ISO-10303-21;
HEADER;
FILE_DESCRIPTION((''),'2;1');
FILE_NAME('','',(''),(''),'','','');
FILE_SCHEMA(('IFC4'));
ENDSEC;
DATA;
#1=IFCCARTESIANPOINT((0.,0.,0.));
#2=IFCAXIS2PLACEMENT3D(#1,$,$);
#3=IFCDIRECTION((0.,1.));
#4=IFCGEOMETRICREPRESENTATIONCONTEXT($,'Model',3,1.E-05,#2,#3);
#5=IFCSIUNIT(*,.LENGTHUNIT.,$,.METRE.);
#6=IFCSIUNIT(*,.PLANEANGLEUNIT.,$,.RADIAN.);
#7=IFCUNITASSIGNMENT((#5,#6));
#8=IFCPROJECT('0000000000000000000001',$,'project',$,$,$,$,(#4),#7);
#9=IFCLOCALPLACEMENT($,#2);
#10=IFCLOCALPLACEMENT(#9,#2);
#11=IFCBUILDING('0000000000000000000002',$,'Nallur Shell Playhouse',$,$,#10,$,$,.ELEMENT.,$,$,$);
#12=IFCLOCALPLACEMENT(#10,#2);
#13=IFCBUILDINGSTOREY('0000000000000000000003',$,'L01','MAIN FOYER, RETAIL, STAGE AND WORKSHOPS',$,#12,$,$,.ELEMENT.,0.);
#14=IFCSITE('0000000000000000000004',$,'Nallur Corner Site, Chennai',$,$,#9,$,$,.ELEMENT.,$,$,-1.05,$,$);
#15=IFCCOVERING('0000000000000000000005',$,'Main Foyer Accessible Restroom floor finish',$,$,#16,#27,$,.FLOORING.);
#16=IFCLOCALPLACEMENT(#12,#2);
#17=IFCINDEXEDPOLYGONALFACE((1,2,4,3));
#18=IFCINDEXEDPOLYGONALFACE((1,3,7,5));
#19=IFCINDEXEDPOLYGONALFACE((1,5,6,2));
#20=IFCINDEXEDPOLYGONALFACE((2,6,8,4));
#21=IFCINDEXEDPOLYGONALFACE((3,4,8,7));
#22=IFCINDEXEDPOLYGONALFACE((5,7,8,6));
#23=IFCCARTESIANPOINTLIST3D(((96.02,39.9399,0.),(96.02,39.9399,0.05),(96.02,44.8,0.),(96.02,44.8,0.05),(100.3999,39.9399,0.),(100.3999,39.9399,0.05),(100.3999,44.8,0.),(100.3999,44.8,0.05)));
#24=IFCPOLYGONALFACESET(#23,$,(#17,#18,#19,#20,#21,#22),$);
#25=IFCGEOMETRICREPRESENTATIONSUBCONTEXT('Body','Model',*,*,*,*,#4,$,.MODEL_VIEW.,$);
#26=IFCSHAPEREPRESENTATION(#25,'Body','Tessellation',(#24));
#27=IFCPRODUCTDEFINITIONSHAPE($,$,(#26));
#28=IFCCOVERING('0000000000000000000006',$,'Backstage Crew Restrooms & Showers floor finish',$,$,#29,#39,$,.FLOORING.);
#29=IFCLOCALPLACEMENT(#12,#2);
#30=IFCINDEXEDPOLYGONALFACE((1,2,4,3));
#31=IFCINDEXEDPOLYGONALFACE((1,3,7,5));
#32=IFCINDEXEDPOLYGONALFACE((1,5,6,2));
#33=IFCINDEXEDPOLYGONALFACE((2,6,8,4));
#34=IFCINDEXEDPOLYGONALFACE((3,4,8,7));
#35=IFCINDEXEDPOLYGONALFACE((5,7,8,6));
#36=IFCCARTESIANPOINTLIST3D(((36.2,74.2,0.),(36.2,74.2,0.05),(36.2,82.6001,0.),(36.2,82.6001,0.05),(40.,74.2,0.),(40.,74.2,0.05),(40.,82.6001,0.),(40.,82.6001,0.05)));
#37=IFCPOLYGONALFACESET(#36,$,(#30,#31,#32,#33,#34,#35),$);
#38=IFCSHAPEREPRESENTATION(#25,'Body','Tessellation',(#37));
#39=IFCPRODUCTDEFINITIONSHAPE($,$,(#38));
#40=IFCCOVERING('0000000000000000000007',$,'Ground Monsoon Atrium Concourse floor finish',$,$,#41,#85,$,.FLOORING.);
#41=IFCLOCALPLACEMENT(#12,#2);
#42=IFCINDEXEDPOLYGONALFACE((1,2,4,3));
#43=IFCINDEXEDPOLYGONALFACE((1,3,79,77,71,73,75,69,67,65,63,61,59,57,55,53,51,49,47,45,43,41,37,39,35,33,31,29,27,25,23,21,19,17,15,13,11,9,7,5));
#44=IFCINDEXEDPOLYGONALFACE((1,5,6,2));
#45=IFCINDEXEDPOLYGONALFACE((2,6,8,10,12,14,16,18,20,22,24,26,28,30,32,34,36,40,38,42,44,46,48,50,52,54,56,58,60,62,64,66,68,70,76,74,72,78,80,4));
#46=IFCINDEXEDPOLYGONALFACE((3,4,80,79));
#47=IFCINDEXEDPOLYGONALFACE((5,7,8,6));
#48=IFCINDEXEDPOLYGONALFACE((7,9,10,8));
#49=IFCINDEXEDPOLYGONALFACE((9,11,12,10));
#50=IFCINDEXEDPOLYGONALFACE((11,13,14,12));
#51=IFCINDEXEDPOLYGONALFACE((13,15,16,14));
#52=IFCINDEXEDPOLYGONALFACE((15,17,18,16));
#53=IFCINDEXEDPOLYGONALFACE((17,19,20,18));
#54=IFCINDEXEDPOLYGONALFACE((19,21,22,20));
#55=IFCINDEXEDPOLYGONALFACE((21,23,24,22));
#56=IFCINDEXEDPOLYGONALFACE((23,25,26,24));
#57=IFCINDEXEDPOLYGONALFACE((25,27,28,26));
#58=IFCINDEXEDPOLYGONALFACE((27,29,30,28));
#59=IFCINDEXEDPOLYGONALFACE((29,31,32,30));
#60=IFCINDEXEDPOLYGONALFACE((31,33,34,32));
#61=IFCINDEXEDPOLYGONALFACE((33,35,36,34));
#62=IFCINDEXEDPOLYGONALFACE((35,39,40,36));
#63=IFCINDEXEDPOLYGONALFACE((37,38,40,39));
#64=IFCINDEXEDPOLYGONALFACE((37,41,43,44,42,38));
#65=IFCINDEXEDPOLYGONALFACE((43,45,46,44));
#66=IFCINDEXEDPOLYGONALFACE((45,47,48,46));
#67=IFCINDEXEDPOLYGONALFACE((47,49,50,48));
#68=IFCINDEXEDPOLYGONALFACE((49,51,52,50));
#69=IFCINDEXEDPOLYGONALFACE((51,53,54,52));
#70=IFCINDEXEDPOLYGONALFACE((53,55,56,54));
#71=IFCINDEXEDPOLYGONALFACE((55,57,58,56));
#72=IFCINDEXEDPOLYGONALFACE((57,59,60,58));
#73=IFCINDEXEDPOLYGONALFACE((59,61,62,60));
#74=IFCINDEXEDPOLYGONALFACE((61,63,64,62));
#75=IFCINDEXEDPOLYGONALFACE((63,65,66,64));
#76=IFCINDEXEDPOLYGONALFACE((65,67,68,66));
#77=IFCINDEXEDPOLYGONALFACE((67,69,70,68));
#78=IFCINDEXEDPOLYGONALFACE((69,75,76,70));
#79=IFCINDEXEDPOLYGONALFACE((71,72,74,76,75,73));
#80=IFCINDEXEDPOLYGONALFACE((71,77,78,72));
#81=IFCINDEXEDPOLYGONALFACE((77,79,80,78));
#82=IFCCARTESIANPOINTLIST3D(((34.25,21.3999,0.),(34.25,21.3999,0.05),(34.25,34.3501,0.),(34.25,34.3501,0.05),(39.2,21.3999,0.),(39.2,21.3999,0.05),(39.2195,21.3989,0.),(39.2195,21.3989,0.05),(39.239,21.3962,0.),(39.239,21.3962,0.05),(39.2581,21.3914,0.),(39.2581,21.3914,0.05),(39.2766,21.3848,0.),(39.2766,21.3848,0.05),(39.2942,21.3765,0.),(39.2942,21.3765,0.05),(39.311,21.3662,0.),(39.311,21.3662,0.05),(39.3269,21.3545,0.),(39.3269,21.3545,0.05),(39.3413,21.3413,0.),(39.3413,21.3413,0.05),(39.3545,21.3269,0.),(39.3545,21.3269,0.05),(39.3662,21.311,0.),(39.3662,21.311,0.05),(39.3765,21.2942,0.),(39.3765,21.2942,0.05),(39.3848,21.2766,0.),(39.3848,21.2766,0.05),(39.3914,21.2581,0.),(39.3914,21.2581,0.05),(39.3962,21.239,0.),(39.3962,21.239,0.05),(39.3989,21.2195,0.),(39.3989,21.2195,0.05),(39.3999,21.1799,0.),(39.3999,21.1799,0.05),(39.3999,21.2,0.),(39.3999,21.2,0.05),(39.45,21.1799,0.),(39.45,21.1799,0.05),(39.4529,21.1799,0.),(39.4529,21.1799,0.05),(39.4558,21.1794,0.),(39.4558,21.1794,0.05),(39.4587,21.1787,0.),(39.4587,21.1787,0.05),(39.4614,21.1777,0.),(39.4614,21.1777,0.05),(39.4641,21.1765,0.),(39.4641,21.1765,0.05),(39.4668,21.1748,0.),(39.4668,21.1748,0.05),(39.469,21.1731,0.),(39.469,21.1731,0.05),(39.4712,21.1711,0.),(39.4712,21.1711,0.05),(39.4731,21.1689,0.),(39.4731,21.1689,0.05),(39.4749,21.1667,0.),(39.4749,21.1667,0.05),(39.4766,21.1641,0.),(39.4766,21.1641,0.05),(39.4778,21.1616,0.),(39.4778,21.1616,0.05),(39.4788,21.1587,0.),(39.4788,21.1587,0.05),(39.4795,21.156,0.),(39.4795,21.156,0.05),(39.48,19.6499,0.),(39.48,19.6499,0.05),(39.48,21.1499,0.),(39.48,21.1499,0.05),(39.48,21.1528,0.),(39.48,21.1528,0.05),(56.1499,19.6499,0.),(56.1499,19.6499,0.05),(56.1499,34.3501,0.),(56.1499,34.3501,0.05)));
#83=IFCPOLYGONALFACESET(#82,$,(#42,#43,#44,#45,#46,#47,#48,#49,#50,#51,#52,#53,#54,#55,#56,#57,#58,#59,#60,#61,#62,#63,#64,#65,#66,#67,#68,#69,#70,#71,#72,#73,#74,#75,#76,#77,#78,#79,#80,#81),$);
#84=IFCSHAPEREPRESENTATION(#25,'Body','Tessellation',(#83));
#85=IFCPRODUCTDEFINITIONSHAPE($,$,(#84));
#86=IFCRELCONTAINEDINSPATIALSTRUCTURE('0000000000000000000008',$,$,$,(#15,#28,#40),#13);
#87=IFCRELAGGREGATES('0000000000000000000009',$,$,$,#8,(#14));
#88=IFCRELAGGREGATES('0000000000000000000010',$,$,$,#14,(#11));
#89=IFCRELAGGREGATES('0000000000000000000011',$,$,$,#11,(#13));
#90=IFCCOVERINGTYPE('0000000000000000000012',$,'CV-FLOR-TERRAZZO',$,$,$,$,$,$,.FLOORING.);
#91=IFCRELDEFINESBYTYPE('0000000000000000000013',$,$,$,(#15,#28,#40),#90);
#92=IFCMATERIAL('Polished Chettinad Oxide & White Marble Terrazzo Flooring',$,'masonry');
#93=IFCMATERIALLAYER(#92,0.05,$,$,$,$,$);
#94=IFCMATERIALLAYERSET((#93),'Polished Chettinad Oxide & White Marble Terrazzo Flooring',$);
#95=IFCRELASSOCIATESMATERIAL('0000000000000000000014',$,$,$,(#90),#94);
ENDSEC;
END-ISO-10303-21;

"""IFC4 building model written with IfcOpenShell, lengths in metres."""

from ifc_helpers import new_model, si_unit, direction, origin, place, context, subcontext, project, spatial, polyline, outline, extrude, material, layer, layer_set, type_object, element, save


model = new_model("IFC4")

# Units and contexts
model_context = context("Model", 3, precision=1e-05, world=origin(), true_north=direction((0.0, 1.0)))
body_context = subcontext(model_context, "Body", "Model", "MODEL_VIEW")
ifc_project = project(units=[si_unit("LENGTHUNIT", "METRE"), si_unit("PLANEANGLEUNIT", "RADIAN")], contexts=[model_context])

# Site, building, storey
site_placement = place(None, origin())
site = spatial("IfcSite", under=ifc_project, at=site_placement, Name="Nallur Corner Site, Chennai", CompositionType="ELEMENT", RefElevation=-1.05)
building_placement = place(site_placement, origin())
building = spatial("IfcBuilding", under=site, at=building_placement, Name="Nallur Shell Playhouse", CompositionType="ELEMENT")
storey_placement = place(building_placement, origin())
storey = spatial("IfcBuildingStorey", under=building, at=storey_placement, Name="L01", Description="MAIN FOYER, RETAIL, STAGE AND WORKSHOPS", CompositionType="ELEMENT", Elevation=0.0)

# Coverings
ifc_material_1 = material(Name="Polished Chettinad Oxide & White Marble Terrazzo Flooring", Category="masonry")
ifc_layer_1 = layer(ifc_material_1, 0.05)
ifc_layer_set_1 = layer_set([ifc_layer_1], Name="Polished Chettinad Oxide & White Marble Terrazzo Flooring")
covering_type_1 = type_object("IfcCoveringType", Name="CV-FLOR-TERRAZZO", PredefinedType="FLOORING", material=ifc_layer_set_1)
covering_1_placement = place(storey_placement, origin())
element("IfcCovering", 1, at=covering_1_placement, inside=storey, type_object=covering_type_1, Name="Main Foyer Accessible Restroom floor finish", PredefinedType="FLOORING", context=body_context, shape_type="SweptSolid", body=[
    extrude(outline(polyline([(100.3999, 39.9399), (96.02, 39.9399), (96.02, 44.8), (100.3999, 44.8), (100.3999, 39.9399)])), origin(), (0.0, 0.0, 1.0), 0.05),
])
covering_2_placement = place(storey_placement, origin())
element("IfcCovering", 2, at=covering_2_placement, inside=storey, type_object=covering_type_1, Name="Backstage Crew Restrooms & Showers floor finish", PredefinedType="FLOORING", context=body_context, shape_type="SweptSolid", body=[
    extrude(outline(polyline([(40.0, 74.2), (36.2, 74.2), (36.2, 82.6001), (40.0, 82.6001), (40.0, 74.2)])), origin(), (0.0, 0.0, 1.0), 0.05),
])
covering_3_placement = place(storey_placement, origin())
element("IfcCovering", 3, at=covering_3_placement, inside=storey, type_object=covering_type_1, Name="Ground Monsoon Atrium Concourse floor finish", PredefinedType="FLOORING", context=body_context, shape_type="SweptSolid", body=[
    extrude(outline(polyline([(39.4731, 21.1689), (39.4712, 21.1711), (39.469, 21.1731), (39.4668, 21.1748), (39.4641, 21.1765), (39.4614, 21.1777), (39.4587, 21.1787), (39.4558, 21.1794), (39.4529, 21.1799), (39.45, 21.1799), (39.3999, 21.1799), (39.3999, 21.2), (39.3989, 21.2195), (39.3962, 21.239), (39.3914, 21.2581), (39.3848, 21.2766), (39.3765, 21.2942), (39.3662, 21.311), (39.3545, 21.3269), (39.3413, 21.3413), (39.3269, 21.3545), (39.311, 21.3662), (39.2942, 21.3765), (39.2766, 21.3848), (39.2581, 21.3914), (39.239, 21.3962), (39.2195, 21.3989), (39.2, 21.3999), (34.25, 21.3999), (34.25, 34.3501), (56.1499, 34.3501), (56.1499, 19.6499), (39.48, 19.6499), (39.48, 21.1499), (39.48, 21.1528), (39.4795, 21.156), (39.4788, 21.1587), (39.4778, 21.1616), (39.4766, 21.1641), (39.4749, 21.1667), (39.4731, 21.1689)])), origin(), (0.0, 0.0, 1.0), 0.05),
])

save(model, "model.ifc")
